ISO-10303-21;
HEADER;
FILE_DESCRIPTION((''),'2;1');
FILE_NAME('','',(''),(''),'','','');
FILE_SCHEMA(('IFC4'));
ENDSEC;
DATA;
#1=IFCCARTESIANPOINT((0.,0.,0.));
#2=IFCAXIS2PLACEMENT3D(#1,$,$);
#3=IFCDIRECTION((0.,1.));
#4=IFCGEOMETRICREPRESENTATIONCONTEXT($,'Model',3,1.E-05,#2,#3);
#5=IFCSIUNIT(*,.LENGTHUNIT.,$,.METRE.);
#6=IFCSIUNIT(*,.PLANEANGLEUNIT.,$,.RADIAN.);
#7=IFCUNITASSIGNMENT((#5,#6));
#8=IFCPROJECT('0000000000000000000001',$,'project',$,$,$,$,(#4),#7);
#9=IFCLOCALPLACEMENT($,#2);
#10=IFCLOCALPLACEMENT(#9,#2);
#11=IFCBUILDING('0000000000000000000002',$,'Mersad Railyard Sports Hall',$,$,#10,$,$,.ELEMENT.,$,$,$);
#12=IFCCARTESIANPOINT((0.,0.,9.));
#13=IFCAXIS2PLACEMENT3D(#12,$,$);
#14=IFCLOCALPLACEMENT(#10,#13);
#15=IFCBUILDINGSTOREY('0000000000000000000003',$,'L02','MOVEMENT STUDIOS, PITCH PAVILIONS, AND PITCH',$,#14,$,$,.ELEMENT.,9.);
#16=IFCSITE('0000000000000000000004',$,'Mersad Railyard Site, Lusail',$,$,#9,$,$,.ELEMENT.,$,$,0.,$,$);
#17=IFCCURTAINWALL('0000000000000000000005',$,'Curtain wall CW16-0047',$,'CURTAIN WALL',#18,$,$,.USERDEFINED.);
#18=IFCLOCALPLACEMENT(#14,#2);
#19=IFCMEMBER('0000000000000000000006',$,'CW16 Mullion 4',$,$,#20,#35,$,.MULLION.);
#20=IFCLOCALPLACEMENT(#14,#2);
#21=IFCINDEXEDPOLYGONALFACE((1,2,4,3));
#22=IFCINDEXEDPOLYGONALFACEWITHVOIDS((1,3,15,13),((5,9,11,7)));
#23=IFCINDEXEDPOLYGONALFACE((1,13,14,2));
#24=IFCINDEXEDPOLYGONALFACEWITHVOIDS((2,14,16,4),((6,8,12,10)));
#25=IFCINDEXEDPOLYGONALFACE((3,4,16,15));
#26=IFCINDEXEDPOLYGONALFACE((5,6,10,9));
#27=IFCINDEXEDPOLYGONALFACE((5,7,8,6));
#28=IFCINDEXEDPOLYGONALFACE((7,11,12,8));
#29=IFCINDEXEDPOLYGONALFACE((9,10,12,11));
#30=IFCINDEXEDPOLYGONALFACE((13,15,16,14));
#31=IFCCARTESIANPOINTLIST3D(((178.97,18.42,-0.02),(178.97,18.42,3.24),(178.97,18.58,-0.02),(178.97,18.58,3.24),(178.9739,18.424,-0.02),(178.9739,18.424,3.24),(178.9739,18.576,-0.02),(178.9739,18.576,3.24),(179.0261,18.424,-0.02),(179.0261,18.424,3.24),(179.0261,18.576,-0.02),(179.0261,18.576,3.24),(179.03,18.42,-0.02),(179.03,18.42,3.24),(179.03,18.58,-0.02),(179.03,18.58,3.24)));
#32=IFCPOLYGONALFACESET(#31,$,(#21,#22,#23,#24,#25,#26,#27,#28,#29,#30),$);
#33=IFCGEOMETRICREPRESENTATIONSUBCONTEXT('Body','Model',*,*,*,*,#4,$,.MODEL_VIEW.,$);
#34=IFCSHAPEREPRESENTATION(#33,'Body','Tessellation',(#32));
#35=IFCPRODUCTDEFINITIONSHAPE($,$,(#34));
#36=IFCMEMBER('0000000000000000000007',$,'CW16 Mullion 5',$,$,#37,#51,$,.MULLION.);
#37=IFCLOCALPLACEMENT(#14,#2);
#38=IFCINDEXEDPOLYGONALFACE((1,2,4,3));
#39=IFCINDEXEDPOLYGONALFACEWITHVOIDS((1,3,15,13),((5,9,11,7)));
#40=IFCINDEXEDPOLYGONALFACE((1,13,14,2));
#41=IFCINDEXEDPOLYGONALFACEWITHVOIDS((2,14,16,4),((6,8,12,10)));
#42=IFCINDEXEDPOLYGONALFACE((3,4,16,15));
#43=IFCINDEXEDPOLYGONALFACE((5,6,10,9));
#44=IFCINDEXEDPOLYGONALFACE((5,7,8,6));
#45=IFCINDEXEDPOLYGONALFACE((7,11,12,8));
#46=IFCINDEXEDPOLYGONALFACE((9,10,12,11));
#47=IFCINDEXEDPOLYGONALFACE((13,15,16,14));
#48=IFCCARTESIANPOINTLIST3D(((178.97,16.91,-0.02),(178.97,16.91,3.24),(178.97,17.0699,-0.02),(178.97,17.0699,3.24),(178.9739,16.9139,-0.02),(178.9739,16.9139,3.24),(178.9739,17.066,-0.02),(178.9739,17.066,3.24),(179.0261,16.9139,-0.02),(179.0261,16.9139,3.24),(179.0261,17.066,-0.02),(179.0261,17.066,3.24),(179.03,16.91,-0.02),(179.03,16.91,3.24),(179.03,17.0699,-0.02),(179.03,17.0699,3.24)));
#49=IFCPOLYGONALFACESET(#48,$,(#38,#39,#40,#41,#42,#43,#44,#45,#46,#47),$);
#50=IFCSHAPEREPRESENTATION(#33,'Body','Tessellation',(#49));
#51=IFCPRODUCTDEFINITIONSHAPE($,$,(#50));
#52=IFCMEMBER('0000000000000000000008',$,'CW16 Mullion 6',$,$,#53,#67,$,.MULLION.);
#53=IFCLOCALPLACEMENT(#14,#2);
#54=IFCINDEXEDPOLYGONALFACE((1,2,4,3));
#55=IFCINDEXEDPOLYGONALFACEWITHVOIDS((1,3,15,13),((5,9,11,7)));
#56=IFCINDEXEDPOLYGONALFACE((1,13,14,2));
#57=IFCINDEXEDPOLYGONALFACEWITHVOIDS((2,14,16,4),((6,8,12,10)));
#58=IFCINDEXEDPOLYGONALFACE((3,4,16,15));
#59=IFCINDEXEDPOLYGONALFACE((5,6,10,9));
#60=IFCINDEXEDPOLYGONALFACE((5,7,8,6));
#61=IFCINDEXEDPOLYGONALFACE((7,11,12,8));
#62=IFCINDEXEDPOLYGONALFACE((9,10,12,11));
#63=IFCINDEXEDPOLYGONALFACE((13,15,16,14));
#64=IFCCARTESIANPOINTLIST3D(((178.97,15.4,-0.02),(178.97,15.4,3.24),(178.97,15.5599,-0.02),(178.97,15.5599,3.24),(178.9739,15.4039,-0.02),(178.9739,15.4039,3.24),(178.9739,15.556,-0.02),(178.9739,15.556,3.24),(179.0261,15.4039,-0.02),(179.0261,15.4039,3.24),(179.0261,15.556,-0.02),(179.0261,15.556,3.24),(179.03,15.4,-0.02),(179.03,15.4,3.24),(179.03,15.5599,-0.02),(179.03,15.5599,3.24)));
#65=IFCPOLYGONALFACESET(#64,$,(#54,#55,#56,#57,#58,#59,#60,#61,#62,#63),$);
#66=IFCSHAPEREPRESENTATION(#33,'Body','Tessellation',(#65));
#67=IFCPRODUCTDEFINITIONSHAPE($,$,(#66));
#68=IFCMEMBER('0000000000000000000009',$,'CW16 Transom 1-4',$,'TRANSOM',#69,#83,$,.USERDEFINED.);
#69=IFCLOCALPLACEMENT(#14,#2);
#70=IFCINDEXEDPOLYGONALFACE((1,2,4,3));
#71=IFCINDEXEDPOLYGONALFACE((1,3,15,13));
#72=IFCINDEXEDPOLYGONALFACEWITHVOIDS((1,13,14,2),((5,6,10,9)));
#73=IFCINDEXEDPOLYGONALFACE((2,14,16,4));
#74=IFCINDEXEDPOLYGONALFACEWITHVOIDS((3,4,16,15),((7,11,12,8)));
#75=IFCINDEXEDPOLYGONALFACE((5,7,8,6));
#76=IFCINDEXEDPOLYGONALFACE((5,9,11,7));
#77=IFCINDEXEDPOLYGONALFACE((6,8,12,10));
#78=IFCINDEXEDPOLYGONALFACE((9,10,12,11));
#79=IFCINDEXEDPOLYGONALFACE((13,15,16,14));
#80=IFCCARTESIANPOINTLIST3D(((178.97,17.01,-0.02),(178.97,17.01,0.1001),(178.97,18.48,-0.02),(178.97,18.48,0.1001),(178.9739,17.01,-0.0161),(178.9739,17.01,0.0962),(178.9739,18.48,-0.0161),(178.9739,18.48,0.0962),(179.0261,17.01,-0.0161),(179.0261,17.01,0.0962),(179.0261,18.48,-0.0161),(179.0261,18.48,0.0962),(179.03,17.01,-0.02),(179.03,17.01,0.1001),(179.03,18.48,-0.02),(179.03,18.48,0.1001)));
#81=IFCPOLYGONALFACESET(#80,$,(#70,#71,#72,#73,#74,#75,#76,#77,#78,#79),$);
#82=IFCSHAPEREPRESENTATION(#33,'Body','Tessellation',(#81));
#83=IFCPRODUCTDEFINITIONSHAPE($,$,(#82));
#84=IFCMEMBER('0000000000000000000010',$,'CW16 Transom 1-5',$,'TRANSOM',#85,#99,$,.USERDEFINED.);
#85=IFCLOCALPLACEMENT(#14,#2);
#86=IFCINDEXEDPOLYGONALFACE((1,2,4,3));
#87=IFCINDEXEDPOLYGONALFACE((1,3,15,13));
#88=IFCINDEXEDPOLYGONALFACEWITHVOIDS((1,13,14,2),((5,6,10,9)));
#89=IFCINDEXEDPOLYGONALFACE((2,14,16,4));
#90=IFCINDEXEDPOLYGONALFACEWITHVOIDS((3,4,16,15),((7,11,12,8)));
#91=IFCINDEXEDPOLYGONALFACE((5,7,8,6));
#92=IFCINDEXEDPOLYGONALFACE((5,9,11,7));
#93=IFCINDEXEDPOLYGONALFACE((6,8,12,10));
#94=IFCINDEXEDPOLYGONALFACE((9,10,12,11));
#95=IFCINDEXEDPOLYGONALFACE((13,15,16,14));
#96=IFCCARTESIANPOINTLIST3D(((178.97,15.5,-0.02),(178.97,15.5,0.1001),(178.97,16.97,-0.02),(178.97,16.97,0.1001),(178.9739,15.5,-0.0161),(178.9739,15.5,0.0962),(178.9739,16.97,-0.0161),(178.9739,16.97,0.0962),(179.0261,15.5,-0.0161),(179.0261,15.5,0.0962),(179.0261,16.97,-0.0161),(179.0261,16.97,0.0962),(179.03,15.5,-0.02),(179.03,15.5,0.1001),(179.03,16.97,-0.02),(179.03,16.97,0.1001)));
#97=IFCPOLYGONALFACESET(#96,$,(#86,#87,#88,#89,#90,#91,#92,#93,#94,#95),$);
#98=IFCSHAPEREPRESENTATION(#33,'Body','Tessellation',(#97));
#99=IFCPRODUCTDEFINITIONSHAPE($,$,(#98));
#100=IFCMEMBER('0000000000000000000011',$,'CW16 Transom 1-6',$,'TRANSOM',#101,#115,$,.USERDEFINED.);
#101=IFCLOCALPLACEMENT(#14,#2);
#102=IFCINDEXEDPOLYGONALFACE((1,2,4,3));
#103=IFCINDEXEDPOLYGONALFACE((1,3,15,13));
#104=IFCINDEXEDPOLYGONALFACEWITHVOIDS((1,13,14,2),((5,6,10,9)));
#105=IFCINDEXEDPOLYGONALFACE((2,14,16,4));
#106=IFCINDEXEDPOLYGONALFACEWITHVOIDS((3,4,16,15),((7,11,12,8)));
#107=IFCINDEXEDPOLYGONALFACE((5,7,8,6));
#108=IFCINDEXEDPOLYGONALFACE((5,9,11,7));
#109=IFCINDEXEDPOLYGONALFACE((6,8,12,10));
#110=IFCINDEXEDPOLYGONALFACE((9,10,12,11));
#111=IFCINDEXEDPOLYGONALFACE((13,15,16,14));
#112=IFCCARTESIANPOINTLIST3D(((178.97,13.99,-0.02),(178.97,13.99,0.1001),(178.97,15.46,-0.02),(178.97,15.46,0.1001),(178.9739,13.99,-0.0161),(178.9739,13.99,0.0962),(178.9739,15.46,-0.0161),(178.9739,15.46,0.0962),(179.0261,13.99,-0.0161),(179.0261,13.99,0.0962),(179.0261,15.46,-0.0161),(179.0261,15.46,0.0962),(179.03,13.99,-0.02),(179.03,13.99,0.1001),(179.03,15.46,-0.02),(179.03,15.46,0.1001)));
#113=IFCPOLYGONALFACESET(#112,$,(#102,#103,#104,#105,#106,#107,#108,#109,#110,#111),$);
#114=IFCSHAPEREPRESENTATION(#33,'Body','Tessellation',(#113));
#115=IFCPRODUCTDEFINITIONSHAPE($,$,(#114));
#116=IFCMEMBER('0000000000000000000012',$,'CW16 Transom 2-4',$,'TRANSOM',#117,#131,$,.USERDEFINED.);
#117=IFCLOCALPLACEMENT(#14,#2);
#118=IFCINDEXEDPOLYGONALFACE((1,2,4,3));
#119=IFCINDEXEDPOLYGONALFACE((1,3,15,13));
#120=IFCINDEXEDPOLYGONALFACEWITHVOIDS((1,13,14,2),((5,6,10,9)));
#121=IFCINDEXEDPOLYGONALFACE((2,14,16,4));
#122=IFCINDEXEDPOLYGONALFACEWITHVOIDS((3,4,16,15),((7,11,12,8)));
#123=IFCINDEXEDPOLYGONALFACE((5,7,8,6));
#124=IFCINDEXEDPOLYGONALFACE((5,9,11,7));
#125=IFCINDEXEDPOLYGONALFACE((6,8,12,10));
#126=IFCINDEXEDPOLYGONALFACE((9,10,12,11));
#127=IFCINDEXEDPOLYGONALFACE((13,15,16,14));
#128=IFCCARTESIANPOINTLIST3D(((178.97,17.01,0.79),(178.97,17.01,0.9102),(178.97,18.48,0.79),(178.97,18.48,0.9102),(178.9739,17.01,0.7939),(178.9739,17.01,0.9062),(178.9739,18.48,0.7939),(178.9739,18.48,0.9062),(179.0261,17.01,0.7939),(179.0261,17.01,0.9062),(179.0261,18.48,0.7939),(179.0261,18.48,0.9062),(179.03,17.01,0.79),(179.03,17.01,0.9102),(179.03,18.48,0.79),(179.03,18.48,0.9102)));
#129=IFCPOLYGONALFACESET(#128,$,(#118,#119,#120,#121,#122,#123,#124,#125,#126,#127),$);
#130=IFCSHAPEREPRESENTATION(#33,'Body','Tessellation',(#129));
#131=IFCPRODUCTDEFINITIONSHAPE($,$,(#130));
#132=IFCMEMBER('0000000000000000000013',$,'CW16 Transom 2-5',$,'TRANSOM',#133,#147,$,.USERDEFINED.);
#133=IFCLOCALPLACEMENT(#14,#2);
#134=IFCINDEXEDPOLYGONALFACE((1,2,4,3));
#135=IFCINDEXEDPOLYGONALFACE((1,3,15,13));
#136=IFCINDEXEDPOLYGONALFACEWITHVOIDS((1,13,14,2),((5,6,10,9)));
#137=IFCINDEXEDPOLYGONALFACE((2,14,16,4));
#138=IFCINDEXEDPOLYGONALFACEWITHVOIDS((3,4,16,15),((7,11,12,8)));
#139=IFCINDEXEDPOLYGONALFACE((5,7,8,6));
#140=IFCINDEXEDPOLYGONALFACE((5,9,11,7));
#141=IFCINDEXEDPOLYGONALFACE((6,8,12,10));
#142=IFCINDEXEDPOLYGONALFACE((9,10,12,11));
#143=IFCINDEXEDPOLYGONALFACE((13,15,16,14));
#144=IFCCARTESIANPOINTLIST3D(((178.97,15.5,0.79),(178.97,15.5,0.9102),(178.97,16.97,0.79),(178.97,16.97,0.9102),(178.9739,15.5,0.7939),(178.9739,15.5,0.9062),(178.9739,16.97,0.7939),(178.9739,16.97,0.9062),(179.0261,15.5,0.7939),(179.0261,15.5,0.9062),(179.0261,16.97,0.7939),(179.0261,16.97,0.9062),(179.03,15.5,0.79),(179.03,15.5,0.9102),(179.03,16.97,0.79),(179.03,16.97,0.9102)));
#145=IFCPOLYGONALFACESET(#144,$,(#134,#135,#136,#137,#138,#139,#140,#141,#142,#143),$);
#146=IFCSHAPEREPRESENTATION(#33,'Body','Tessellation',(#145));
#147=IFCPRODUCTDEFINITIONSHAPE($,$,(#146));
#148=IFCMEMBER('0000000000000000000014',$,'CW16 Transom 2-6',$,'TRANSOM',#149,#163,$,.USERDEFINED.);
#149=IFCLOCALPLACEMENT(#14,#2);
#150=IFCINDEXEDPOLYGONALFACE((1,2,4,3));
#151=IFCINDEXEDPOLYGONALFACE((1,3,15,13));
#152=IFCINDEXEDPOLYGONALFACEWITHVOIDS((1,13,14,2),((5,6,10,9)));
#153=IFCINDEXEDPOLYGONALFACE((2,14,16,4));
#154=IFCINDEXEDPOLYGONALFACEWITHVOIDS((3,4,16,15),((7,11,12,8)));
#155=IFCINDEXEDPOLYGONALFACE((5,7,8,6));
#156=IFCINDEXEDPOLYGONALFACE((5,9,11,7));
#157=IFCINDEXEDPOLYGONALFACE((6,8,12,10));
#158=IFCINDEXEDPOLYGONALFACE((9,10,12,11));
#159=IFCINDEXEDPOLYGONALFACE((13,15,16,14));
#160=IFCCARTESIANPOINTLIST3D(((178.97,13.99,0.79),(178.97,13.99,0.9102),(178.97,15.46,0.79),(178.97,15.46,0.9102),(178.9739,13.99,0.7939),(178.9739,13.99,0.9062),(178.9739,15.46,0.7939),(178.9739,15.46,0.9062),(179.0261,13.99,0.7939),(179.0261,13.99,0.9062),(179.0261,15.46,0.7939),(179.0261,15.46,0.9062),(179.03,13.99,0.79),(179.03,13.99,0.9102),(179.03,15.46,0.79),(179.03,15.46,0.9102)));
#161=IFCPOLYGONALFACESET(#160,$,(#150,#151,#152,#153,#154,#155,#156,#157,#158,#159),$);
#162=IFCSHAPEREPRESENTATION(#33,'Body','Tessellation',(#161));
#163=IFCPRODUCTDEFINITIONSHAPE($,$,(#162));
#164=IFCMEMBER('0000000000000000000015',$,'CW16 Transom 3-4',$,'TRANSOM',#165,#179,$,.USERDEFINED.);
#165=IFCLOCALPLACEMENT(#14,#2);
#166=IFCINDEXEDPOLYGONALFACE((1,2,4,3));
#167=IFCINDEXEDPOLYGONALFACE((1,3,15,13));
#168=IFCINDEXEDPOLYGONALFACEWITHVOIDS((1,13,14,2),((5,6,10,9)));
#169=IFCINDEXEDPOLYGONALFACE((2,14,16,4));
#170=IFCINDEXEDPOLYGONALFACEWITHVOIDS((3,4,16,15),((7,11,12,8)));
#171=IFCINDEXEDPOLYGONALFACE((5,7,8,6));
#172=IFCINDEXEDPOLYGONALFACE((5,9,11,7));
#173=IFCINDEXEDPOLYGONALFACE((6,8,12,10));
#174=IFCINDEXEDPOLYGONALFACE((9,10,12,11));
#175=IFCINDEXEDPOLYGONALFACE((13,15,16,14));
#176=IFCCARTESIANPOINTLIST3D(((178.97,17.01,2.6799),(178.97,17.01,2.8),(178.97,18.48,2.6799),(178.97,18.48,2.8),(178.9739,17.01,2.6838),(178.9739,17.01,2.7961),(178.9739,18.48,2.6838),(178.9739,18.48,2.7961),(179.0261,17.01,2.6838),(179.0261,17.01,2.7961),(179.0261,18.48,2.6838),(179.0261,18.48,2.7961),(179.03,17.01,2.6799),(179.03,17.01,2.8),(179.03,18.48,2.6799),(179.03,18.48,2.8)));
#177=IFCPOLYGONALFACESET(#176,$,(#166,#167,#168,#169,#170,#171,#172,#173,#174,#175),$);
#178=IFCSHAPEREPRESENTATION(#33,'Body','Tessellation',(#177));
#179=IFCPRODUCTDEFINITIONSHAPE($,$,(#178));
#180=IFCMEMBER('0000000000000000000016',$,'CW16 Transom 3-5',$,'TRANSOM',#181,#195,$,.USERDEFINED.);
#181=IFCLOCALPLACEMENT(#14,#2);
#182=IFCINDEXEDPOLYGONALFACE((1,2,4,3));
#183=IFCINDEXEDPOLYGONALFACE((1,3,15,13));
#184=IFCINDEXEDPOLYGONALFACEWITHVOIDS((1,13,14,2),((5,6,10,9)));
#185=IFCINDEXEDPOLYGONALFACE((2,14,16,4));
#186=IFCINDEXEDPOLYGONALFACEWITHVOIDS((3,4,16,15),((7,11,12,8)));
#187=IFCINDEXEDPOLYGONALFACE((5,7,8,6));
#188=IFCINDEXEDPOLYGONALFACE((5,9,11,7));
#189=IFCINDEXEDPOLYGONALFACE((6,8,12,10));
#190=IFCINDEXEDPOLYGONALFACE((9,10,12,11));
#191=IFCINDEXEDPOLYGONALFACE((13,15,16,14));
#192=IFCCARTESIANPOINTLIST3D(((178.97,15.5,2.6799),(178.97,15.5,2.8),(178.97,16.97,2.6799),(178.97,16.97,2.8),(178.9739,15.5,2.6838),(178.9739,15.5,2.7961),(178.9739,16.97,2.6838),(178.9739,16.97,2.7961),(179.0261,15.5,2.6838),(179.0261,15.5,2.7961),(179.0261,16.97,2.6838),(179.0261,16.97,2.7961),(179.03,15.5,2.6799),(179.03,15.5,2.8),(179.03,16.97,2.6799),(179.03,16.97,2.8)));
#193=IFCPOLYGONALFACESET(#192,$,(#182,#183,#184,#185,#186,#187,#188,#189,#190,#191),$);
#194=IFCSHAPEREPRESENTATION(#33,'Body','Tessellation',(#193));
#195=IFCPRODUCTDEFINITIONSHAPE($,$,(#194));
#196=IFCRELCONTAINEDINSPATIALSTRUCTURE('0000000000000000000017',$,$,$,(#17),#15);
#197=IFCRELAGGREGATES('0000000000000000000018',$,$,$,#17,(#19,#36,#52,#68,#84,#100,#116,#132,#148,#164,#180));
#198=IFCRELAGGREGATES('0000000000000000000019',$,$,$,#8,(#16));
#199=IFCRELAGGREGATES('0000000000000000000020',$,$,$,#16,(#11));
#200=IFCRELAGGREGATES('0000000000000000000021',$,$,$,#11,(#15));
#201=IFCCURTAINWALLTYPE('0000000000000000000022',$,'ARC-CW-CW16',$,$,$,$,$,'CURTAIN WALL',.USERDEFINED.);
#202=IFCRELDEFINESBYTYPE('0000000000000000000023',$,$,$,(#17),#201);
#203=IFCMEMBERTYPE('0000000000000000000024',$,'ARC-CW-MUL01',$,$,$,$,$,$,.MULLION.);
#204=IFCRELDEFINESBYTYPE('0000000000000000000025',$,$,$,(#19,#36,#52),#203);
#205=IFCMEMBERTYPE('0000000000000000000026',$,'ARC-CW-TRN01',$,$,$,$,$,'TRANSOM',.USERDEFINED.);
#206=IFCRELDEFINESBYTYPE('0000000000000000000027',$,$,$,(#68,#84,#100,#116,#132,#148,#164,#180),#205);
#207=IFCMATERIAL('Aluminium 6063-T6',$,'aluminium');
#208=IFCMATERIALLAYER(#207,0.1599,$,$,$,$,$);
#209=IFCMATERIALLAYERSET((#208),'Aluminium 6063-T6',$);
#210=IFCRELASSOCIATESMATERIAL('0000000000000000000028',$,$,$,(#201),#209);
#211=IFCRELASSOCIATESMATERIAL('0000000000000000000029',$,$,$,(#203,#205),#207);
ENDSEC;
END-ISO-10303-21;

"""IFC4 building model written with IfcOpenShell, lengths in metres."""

from ifc_helpers import new_model, si_unit, direction, frame, origin, origin_2d, place, context, subcontext, project, spatial, hollow_rectangle, extrude, material, layer, layer_set, material_profile, profile_set, type_object, element, aggregate, save


model = new_model("IFC4")

# Units and contexts
model_context = context("Model", 3, precision=1e-05, world=origin(), true_north=direction((0.0, 1.0)))
body_context = subcontext(model_context, "Body", "Model", "MODEL_VIEW")
ifc_project = project(units=[si_unit("LENGTHUNIT", "METRE"), si_unit("PLANEANGLEUNIT", "RADIAN")], contexts=[model_context])

# Site, building, storey
site_placement = place(None, origin())
site = spatial("IfcSite", under=ifc_project, at=site_placement, Name="Mersad Railyard Site, Lusail", CompositionType="ELEMENT", RefElevation=0.0)
building_placement = place(site_placement, origin())
building = spatial("IfcBuilding", under=site, at=building_placement, Name="Mersad Railyard Sports Hall", CompositionType="ELEMENT")
storey_placement = place(building_placement, frame((0.0, 0.0, 9.0)))
storey = spatial("IfcBuildingStorey", under=building, at=storey_placement, Name="L02", Description="MOVEMENT STUDIOS, PITCH PAVILIONS, AND PITCH", CompositionType="ELEMENT", Elevation=9.0)

# Curtain wall, members
ifc_material_1 = material(Name="Aluminium 6063-T6", Category="aluminium")
ifc_layer_1 = layer(ifc_material_1, 0.1599)
ifc_layer_set_1 = layer_set([ifc_layer_1], Name="Aluminium 6063-T6")
curtain_wall_type = type_object("IfcCurtainWallType", Name="ARC-CW-CW16", ElementType="CURTAIN WALL", PredefinedType="USERDEFINED", material=ifc_layer_set_1)
curtain_wall_placement = place(storey_placement, origin())
curtain_wall = element("IfcCurtainWall", 1, at=curtain_wall_placement, inside=storey, type_object=curtain_wall_type, Name="Curtain wall CW16-0047", ObjectType="CURTAIN WALL", PredefinedType="USERDEFINED")
ifc_material_profile_1 = material_profile(ifc_material_1, hollow_rectangle(XDim=0.0601, YDim=0.1599, WallThickness=0.0039, at=origin_2d()), Name="AL MULLION 60x160x4")
ifc_profile_set_1 = profile_set([ifc_material_profile_1], Name="Aluminium 6063-T6")
member_type_1 = type_object("IfcMemberType", Name="ARC-CW-MUL01", PredefinedType="MULLION", material=ifc_profile_set_1)
member_1_placement = place(storey_placement, frame((179.0, 18.5, -0.02), z_axis=(0.0, 0.0, 1.0), x_axis=(1.0, 0.0, 0.0)))
member_1 = element("IfcMember", 2, at=member_1_placement, type_object=member_type_1, Name="CW16 Mullion 4", PredefinedType="MULLION", context=body_context, shape_type="SweptSolid", body=[
    extrude(hollow_rectangle(XDim=0.0601, YDim=0.1599, WallThickness=0.0039, at=origin_2d()), origin(), (0.0, 0.0, 1.0), 3.26),
])
member_2_placement = place(storey_placement, frame((179.0, 16.99, -0.02), z_axis=(0.0, 0.0, 1.0), x_axis=(1.0, 0.0, 0.0)))
member_2 = element("IfcMember", 3, at=member_2_placement, type_object=member_type_1, Name="CW16 Mullion 5", PredefinedType="MULLION", context=body_context, shape_type="SweptSolid", body=[
    extrude(hollow_rectangle(XDim=0.0601, YDim=0.1599, WallThickness=0.0039, at=origin_2d()), origin(), (0.0, 0.0, 1.0), 3.26),
])
member_3_placement = place(storey_placement, frame((179.0, 15.48, -0.02), z_axis=(0.0, 0.0, 1.0), x_axis=(1.0, 0.0, 0.0)))
member_3 = element("IfcMember", 4, at=member_3_placement, type_object=member_type_1, Name="CW16 Mullion 6", PredefinedType="MULLION", context=body_context, shape_type="SweptSolid", body=[
    extrude(hollow_rectangle(XDim=0.0601, YDim=0.1599, WallThickness=0.0039, at=origin_2d()), origin(), (0.0, 0.0, 1.0), 3.26),
])
ifc_material_profile_2 = material_profile(ifc_material_1, hollow_rectangle(XDim=0.0601, YDim=0.1201, WallThickness=0.0039, at=origin_2d()), Name="AL TRANSOM 60x120x4")
ifc_profile_set_2 = profile_set([ifc_material_profile_2], Name="Aluminium 6063-T6")
member_type_2 = type_object("IfcMemberType", Name="ARC-CW-TRN01", ElementType="TRANSOM", PredefinedType="USERDEFINED", material=ifc_profile_set_2)
member_4_placement = place(storey_placement, frame((179.0, 18.48, 0.04), z_axis=(0.0, -1.0, 0.0), x_axis=(1.0, 0.0, 0.0)))
member_4 = element("IfcMember", 5, at=member_4_placement, type_object=member_type_2, Name="CW16 Transom 1-4", ObjectType="TRANSOM", PredefinedType="USERDEFINED", context=body_context, shape_type="SweptSolid", body=[
    extrude(hollow_rectangle(XDim=0.0601, YDim=0.1201, WallThickness=0.0039, at=origin_2d()), origin(), (0.0, 0.0, 1.0), 1.47),
])
member_5_placement = place(storey_placement, frame((179.0, 16.97, 0.04), z_axis=(0.0, -1.0, 0.0), x_axis=(1.0, 0.0, 0.0)))
member_5 = element("IfcMember", 6, at=member_5_placement, type_object=member_type_2, Name="CW16 Transom 1-5", ObjectType="TRANSOM", PredefinedType="USERDEFINED", context=body_context, shape_type="SweptSolid", body=[
    extrude(hollow_rectangle(XDim=0.0601, YDim=0.1201, WallThickness=0.0039, at=origin_2d()), origin(), (0.0, 0.0, 1.0), 1.47),
])
member_6_placement = place(storey_placement, frame((179.0, 15.46, 0.04), z_axis=(0.0, -1.0, 0.0), x_axis=(1.0, 0.0, 0.0)))
member_6 = element("IfcMember", 7, at=member_6_placement, type_object=member_type_2, Name="CW16 Transom 1-6", ObjectType="TRANSOM", PredefinedType="USERDEFINED", context=body_context, shape_type="SweptSolid", body=[
    extrude(hollow_rectangle(XDim=0.0601, YDim=0.1201, WallThickness=0.0039, at=origin_2d()), origin(), (0.0, 0.0, 1.0), 1.47),
])
member_7_placement = place(storey_placement, frame((179.0, 18.48, 0.8501), z_axis=(0.0, -1.0, 0.0), x_axis=(1.0, 0.0, 0.0)))
member_7 = element("IfcMember", 8, at=member_7_placement, type_object=member_type_2, Name="CW16 Transom 2-4", ObjectType="TRANSOM", PredefinedType="USERDEFINED", context=body_context, shape_type="SweptSolid", body=[
    extrude(hollow_rectangle(XDim=0.0601, YDim=0.1201, WallThickness=0.0039, at=origin_2d()), origin(), (0.0, 0.0, 1.0), 1.47),
])
member_8_placement = place(storey_placement, frame((179.0, 16.97, 0.8501), z_axis=(0.0, -1.0, 0.0), x_axis=(1.0, 0.0, 0.0)))
member_8 = element("IfcMember", 9, at=member_8_placement, type_object=member_type_2, Name="CW16 Transom 2-5", ObjectType="TRANSOM", PredefinedType="USERDEFINED", context=body_context, shape_type="SweptSolid", body=[
    extrude(hollow_rectangle(XDim=0.0601, YDim=0.1201, WallThickness=0.0039, at=origin_2d()), origin(), (0.0, 0.0, 1.0), 1.47),
])
member_9_placement = place(storey_placement, frame((179.0, 15.46, 0.8501), z_axis=(0.0, -1.0, 0.0), x_axis=(1.0, 0.0, 0.0)))
member_9 = element("IfcMember", 10, at=member_9_placement, type_object=member_type_2, Name="CW16 Transom 2-6", ObjectType="TRANSOM", PredefinedType="USERDEFINED", context=body_context, shape_type="SweptSolid", body=[
    extrude(hollow_rectangle(XDim=0.0601, YDim=0.1201, WallThickness=0.0039, at=origin_2d()), origin(), (0.0, 0.0, 1.0), 1.47),
])
member_10_placement = place(storey_placement, frame((179.0, 18.48, 2.74), z_axis=(0.0, -1.0, 0.0), x_axis=(1.0, 0.0, 0.0)))
member_10 = element("IfcMember", 11, at=member_10_placement, type_object=member_type_2, Name="CW16 Transom 3-4", ObjectType="TRANSOM", PredefinedType="USERDEFINED", context=body_context, shape_type="SweptSolid", body=[
    extrude(hollow_rectangle(XDim=0.0601, YDim=0.1201, WallThickness=0.0039, at=origin_2d()), origin(), (0.0, 0.0, 1.0), 1.47),
])
member_11_placement = place(storey_placement, frame((179.0, 16.97, 2.74), z_axis=(0.0, -1.0, 0.0), x_axis=(1.0, 0.0, 0.0)))
member_11 = element("IfcMember", 12, at=member_11_placement, type_object=member_type_2, Name="CW16 Transom 3-5", ObjectType="TRANSOM", PredefinedType="USERDEFINED", context=body_context, shape_type="SweptSolid", body=[
    extrude(hollow_rectangle(XDim=0.0601, YDim=0.1201, WallThickness=0.0039, at=origin_2d()), origin(), (0.0, 0.0, 1.0), 1.47),
])
aggregate(curtain_wall, [member_1, member_2, member_3, member_4, member_5, member_6, member_7, member_8, member_9, member_10, member_11])

save(model, "model.ifc")
